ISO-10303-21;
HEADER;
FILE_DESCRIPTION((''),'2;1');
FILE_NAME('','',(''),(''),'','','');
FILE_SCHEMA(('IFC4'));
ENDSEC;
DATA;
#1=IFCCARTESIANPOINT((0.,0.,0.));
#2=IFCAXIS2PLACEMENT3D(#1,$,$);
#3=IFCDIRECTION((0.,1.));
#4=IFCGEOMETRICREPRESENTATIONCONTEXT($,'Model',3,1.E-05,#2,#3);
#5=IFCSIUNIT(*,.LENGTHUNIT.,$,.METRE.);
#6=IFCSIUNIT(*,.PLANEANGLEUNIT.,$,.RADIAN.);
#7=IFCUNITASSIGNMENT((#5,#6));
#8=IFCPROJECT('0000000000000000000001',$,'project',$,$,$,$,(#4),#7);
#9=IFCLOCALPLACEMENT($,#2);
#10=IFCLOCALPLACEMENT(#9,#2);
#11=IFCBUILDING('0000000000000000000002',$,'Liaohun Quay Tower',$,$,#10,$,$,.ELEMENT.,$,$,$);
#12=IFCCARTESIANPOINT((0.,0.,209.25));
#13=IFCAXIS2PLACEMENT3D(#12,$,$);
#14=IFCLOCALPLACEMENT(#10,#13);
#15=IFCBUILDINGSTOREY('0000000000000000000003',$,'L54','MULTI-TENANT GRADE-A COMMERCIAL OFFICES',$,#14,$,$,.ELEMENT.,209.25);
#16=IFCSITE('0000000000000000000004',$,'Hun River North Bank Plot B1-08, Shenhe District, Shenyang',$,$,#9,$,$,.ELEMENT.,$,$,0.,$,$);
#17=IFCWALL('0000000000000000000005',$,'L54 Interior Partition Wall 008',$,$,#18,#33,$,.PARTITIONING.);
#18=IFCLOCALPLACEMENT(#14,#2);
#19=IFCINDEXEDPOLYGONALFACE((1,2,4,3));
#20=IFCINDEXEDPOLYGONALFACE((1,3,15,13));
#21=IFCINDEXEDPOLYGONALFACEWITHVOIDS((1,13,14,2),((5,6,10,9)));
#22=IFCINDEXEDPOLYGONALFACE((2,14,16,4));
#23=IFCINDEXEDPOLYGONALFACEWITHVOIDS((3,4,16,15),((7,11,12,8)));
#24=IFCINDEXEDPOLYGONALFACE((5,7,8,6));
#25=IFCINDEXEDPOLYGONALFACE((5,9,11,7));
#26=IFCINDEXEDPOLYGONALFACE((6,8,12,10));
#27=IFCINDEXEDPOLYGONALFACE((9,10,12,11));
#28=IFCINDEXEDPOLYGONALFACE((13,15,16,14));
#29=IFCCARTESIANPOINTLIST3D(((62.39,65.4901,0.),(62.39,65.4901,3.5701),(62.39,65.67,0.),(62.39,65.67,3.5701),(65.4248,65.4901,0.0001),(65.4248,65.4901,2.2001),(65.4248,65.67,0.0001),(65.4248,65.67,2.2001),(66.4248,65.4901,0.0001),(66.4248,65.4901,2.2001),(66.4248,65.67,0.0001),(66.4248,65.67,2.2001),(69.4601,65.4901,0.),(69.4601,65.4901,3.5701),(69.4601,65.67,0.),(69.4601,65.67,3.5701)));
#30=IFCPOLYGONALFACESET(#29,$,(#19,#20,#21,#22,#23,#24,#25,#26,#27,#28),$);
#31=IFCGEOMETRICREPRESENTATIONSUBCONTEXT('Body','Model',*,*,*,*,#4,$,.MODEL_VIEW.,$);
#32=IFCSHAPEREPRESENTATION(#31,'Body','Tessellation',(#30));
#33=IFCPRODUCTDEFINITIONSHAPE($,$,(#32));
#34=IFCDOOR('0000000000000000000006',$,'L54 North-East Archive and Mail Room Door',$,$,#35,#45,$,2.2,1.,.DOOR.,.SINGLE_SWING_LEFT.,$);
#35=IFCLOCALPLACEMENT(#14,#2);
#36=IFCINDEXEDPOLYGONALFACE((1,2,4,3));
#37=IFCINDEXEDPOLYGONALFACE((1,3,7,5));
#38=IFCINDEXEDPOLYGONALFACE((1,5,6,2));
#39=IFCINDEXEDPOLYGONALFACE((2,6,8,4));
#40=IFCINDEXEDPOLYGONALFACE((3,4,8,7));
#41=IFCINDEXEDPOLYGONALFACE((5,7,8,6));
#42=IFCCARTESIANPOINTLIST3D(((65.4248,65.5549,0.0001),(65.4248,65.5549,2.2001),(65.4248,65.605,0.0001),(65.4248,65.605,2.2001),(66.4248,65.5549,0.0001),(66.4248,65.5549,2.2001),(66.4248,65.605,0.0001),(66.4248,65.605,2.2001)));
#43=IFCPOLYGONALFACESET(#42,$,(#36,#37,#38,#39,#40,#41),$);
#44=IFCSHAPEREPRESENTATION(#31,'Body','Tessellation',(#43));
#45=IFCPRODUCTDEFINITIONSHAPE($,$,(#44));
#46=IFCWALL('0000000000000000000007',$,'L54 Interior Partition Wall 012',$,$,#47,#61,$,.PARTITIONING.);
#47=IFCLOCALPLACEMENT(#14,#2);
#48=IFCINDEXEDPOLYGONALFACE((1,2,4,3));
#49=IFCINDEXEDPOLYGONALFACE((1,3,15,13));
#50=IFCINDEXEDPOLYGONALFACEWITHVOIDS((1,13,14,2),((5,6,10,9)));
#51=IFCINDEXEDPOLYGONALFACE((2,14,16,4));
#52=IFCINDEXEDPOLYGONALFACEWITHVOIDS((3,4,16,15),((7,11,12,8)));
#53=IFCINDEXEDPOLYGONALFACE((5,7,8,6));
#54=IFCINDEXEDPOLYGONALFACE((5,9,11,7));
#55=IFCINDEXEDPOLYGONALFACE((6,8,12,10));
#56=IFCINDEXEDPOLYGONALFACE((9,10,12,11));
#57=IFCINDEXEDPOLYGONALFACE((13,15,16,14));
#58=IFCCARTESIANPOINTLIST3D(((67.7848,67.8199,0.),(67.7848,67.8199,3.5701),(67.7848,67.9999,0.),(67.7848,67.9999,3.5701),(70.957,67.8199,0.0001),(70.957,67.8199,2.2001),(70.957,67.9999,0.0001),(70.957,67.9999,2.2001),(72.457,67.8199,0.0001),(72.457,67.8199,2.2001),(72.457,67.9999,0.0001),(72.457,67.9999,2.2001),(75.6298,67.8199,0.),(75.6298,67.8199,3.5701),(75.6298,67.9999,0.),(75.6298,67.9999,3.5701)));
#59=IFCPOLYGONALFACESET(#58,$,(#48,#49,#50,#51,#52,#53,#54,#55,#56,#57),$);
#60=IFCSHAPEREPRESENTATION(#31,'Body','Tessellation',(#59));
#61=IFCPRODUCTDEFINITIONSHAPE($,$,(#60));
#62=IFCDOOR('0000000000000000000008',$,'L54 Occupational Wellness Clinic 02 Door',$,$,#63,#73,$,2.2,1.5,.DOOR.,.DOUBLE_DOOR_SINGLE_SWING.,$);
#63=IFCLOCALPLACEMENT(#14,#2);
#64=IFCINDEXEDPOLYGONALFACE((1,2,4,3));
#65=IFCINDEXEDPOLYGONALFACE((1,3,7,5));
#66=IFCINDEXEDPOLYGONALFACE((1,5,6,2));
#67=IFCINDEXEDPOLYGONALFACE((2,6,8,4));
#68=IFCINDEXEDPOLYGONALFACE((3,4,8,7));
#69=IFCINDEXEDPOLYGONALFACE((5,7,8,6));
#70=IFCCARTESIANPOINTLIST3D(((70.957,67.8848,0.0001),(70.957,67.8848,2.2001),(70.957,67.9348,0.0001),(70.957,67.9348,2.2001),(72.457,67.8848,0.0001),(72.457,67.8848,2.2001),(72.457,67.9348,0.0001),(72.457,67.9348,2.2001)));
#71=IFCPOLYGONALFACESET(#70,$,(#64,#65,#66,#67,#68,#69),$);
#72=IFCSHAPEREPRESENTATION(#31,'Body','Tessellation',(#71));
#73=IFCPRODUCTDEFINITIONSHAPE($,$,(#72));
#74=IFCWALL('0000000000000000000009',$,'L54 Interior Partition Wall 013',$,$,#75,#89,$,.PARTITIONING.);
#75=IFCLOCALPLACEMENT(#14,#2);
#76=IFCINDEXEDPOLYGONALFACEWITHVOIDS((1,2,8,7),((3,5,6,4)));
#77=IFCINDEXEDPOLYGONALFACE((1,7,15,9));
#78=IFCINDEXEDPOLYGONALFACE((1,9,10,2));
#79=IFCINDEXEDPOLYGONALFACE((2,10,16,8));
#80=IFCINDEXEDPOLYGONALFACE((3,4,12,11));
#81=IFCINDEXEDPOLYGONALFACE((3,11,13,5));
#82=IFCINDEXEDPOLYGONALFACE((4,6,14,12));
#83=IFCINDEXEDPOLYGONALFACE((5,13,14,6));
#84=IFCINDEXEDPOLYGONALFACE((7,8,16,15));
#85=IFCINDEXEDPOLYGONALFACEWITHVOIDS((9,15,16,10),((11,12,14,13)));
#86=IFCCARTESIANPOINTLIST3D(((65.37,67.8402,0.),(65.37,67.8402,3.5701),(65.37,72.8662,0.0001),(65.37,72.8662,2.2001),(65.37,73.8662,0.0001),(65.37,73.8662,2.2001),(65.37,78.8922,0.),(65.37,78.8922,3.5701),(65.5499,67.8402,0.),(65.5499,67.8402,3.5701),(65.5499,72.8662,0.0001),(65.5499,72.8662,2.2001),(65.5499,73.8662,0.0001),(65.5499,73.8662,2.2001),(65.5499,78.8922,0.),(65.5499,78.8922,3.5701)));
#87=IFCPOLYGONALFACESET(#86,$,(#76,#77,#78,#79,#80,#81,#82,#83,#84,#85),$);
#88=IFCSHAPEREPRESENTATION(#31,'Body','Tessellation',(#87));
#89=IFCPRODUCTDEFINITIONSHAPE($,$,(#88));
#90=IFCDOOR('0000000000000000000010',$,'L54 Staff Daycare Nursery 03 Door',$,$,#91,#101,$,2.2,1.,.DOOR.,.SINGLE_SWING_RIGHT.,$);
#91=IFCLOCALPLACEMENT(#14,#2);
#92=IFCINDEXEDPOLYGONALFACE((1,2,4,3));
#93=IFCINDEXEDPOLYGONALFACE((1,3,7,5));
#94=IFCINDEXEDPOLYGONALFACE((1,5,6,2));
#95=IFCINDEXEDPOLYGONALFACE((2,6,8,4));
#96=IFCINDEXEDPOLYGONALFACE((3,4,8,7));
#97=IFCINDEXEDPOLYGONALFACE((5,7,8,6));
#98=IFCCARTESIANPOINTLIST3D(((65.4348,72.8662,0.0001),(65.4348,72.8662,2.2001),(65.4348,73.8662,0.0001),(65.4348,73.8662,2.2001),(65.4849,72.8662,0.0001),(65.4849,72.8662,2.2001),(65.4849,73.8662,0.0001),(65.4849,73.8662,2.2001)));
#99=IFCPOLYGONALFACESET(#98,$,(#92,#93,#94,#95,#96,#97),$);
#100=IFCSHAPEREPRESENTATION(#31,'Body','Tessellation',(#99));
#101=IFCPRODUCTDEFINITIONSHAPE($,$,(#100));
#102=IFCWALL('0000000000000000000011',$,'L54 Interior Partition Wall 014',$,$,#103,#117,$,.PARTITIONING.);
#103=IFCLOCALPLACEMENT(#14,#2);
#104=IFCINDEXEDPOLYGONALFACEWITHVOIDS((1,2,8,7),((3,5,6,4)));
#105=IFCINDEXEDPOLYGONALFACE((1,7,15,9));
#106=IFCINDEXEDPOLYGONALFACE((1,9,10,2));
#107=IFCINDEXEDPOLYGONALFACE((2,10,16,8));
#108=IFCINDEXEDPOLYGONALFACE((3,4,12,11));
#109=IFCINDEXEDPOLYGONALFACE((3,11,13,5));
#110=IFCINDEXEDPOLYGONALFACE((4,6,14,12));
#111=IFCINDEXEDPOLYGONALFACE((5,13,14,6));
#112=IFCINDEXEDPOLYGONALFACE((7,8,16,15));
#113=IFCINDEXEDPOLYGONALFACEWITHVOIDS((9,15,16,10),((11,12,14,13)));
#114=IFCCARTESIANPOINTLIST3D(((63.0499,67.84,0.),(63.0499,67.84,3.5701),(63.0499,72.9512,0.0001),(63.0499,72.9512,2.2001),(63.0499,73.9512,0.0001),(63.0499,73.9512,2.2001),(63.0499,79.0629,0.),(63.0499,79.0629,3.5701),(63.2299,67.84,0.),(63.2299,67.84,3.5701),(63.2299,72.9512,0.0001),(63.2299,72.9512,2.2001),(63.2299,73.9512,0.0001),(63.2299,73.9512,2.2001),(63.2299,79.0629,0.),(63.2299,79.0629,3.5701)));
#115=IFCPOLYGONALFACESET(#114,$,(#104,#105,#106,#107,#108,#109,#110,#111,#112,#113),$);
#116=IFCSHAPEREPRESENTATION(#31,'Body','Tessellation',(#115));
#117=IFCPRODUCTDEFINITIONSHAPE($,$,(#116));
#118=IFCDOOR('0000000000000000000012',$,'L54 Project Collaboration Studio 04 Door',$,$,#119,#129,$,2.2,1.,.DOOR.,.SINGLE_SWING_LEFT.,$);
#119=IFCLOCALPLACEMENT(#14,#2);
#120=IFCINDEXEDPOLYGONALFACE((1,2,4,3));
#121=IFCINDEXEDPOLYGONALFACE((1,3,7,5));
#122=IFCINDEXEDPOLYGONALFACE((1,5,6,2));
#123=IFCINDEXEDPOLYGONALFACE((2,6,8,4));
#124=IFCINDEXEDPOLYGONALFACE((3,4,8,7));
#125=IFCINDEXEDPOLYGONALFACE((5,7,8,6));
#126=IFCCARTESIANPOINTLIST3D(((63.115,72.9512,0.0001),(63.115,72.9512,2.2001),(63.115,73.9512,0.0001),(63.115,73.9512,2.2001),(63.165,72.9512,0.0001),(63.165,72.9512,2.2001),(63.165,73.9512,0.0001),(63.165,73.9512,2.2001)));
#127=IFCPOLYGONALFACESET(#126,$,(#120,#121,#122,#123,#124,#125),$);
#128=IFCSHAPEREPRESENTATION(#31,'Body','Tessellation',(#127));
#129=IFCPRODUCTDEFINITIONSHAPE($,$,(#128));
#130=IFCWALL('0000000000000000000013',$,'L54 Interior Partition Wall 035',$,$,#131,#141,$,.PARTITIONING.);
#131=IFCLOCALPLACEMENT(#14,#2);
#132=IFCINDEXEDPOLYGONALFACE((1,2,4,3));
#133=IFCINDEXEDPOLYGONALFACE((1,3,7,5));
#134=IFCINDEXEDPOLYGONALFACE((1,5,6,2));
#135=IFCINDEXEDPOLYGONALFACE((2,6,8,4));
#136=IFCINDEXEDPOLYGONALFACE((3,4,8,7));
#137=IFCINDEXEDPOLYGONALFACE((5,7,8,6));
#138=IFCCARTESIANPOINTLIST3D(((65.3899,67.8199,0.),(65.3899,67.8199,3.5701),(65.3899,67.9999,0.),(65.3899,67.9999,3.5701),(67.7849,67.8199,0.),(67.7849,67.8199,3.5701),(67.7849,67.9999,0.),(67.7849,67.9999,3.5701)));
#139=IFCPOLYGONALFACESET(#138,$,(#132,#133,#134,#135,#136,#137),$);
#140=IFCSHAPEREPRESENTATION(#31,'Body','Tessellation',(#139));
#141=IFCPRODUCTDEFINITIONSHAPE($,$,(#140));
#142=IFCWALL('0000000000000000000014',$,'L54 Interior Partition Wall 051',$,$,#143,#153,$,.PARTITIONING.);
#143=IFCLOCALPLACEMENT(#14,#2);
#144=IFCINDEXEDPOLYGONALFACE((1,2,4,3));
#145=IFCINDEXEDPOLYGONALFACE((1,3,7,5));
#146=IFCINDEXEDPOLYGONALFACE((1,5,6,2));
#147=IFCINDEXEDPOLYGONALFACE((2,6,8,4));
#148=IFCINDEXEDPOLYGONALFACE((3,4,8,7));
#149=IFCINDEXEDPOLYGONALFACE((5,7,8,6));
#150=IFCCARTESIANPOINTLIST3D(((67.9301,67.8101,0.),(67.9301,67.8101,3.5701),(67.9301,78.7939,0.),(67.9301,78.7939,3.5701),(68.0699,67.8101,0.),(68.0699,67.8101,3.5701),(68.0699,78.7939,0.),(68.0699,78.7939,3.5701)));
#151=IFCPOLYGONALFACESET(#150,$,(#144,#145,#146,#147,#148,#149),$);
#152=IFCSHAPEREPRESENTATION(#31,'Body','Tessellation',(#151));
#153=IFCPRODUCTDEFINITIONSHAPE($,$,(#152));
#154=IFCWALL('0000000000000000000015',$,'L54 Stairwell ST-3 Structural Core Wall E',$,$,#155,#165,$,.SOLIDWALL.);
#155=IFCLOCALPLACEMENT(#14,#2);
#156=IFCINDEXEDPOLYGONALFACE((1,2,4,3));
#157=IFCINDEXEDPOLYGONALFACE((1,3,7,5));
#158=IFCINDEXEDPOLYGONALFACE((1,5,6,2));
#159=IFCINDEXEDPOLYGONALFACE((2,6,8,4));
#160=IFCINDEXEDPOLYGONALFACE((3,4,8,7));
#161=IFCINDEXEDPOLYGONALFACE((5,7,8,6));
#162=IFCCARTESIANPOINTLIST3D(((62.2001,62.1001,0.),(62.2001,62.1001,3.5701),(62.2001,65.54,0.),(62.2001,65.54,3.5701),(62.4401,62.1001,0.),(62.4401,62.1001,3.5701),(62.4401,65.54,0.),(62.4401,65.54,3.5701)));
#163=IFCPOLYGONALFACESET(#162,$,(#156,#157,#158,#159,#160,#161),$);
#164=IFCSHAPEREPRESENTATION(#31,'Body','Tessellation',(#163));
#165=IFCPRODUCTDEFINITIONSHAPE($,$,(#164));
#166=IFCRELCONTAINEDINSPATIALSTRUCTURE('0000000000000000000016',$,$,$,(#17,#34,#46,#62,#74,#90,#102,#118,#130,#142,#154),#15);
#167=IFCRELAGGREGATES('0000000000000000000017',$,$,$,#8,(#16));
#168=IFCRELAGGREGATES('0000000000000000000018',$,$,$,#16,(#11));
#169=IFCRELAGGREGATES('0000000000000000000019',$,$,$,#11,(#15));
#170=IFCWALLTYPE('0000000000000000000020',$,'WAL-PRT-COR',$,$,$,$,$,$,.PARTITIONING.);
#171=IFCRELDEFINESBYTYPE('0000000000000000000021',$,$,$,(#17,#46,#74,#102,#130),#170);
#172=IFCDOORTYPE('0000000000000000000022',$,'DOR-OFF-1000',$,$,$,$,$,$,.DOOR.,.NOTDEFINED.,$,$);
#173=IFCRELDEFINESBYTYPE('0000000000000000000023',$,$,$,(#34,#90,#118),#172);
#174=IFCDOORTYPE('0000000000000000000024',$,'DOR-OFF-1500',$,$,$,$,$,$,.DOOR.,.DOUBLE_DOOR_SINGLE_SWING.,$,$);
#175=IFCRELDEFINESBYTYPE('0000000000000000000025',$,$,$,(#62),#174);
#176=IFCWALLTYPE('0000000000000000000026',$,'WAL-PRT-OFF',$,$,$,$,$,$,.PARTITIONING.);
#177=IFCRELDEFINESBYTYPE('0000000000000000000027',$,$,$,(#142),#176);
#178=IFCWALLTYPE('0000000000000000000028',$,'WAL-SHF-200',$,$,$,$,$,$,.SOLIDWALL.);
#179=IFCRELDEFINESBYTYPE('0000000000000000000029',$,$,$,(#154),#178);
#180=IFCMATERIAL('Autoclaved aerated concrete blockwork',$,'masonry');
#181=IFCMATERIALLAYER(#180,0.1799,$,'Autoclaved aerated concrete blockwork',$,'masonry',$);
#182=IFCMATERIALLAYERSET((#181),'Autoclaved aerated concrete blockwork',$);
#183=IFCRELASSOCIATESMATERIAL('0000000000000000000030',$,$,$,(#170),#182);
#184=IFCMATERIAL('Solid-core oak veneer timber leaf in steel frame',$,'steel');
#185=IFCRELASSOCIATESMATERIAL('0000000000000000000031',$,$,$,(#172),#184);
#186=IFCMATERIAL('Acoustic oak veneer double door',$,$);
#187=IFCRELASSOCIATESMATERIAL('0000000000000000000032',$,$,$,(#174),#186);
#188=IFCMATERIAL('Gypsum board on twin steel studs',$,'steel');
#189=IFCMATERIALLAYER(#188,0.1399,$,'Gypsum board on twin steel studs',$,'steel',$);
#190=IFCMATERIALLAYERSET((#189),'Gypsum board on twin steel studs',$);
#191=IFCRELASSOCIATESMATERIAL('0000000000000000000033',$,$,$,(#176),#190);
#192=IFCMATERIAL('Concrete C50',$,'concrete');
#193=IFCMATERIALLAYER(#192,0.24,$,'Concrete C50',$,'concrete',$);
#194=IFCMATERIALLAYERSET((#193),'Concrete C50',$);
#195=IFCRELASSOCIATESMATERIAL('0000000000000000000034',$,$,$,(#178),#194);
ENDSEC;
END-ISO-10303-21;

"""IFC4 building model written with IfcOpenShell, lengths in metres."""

from ifc_helpers import new_model, si_unit, direction, frame, frame_2d, origin, place, context, subcontext, project, spatial, rectangle, extrude, source, transform, mapped, material, layer, layer_set, type_object, element, fill, save


model = new_model("IFC4")

# Units and contexts
model_context = context("Model", 3, precision=1e-05, world=origin(), true_north=direction((0.0, 1.0)))
body_context = subcontext(model_context, "Body", "Model", "MODEL_VIEW")
ifc_project = project(units=[si_unit("LENGTHUNIT", "METRE"), si_unit("PLANEANGLEUNIT", "RADIAN")], contexts=[model_context])

# Site, building, storey
site_placement = place(None, origin())
site = spatial("IfcSite", under=ifc_project, at=site_placement, Name="Hun River North Bank Plot B1-08, Shenhe District, Shenyang", CompositionType="ELEMENT", RefElevation=0.0)
building_placement = place(site_placement, origin())
building = spatial("IfcBuilding", under=site, at=building_placement, Name="Liaohun Quay Tower", CompositionType="ELEMENT")
storey_placement = place(building_placement, frame((0.0, 0.0, 209.25)))
storey = spatial("IfcBuildingStorey", under=building, at=storey_placement, Name="L54", Description="MULTI-TENANT GRADE-A COMMERCIAL OFFICES", CompositionType="ELEMENT", Elevation=209.25)

# Walls, openings, doors
ifc_material_1 = material(Name="Autoclaved aerated concrete blockwork", Category="masonry")
ifc_layer_1 = layer(ifc_material_1, 0.1799, Name="Autoclaved aerated concrete blockwork", Category="masonry")
ifc_layer_set_1 = layer_set([ifc_layer_1], Name="Autoclaved aerated concrete blockwork")
wall_type_1 = type_object("IfcWallType", Name="WAL-PRT-COR", PredefinedType="PARTITIONING", material=ifc_layer_set_1)
wall_1_placement = place(storey_placement, frame((62.3899, 65.5801, 0.0), z_axis=(0.0, 0.0, 1.0), x_axis=(1.0, 0.0, 0.0)))
wall_1 = element("IfcWall", 1, at=wall_1_placement, inside=storey, type_object=wall_type_1, Name="L54 Interior Partition Wall 008", PredefinedType="PARTITIONING", context=body_context, shape_type="SweptSolid", body=[
    extrude(rectangle(XDim=7.0701, YDim=0.1799, at=frame_2d((3.5352, 0.0))), origin(), (0.0, 0.0, 1.0), 3.5701),
])
shared_shape_1 = source(origin(), body_context, "Body", "SweptSolid", [
    extrude(rectangle(XDim=1.0, YDim=2.2, at=frame_2d((0.5, 1.1001))), frame((0.0, 0.0999, 0.0), z_axis=(0.0, -1.0, 0.0), x_axis=(1.0, 0.0, 0.0)), (0.0, 0.0, 1.0), 0.2),
])
opening_1_placement = place(wall_1_placement, frame((3.0349, 0.0, 0.0)))
opening_1 = element("IfcOpeningElement", 2, at=opening_1_placement, cuts=wall_1, PredefinedType="OPENING", context=body_context, shape_type="MappedRepresentation", body=[
    mapped(shared_shape_1, transform((0.0, 0.0, 0.0), x_axis=(1.0, 0.0, 0.0), y_axis=(0.0, 1.0, 0.0), z_axis=(0.0, 0.0, 1.0), scale=1.0)),
])
ifc_material_2 = material(Name="Solid-core oak veneer timber leaf in steel frame", Category="steel")
door_type_1 = type_object("IfcDoorType", Name="DOR-OFF-1000", OperationType="NOTDEFINED", PredefinedType="DOOR", material=ifc_material_2)
shared_shape_2 = source(origin(), body_context, "Body", "SweptSolid", [
    extrude(rectangle(XDim=1.0, YDim=2.2, at=frame_2d((0.5, 1.1001))), frame((0.0, 0.0249, 0.0), z_axis=(0.0, -1.0, 0.0), x_axis=(1.0, 0.0, 0.0)), (0.0, 0.0, 1.0), 0.05),
])
door_1_placement = place(opening_1_placement, origin())
door_1 = element("IfcDoor", 3, at=door_1_placement, inside=storey, type_object=door_type_1, Name="L54 North-East Archive and Mail Room Door", OperationType="SINGLE_SWING_LEFT", OverallHeight=2.2, OverallWidth=1.0, PredefinedType="DOOR", context=body_context, shape_type="MappedRepresentation", body=[
    mapped(shared_shape_2, transform((0.0, 0.0, 0.0), x_axis=(1.0, 0.0, 0.0), y_axis=(0.0, 1.0, 0.0), z_axis=(0.0, 0.0, 1.0), scale=1.0)),
])
fill(opening_1, door_1)
wall_2_placement = place(storey_placement, frame((67.7849, 67.9099, 0.0), z_axis=(0.0, 0.0, 1.0), x_axis=(1.0, 0.0, 0.0)))
wall_2 = element("IfcWall", 4, at=wall_2_placement, inside=storey, type_object=wall_type_1, Name="L54 Interior Partition Wall 012", PredefinedType="PARTITIONING", context=body_context, shape_type="SweptSolid", body=[
    extrude(rectangle(XDim=7.845, YDim=0.1799, at=frame_2d((3.9224, 0.0))), origin(), (0.0, 0.0, 1.0), 3.5701),
])
shared_shape_3 = source(origin(), body_context, "Body", "SweptSolid", [
    extrude(rectangle(XDim=1.5, YDim=2.2, at=frame_2d((0.75, 1.1001))), frame((0.0, 0.0999, 0.0), z_axis=(0.0, -1.0, 0.0), x_axis=(1.0, 0.0, 0.0)), (0.0, 0.0, 1.0), 0.2),
])
opening_2_placement = place(wall_2_placement, frame((3.1721, 0.0, 0.0)))
opening_2 = element("IfcOpeningElement", 5, at=opening_2_placement, cuts=wall_2, PredefinedType="OPENING", context=body_context, shape_type="MappedRepresentation", body=[
    mapped(shared_shape_3, transform((0.0, 0.0, 0.0), x_axis=(1.0, 0.0, 0.0), y_axis=(0.0, 1.0, 0.0), z_axis=(0.0, 0.0, 1.0), scale=1.0)),
])
ifc_material_3 = material(Name="Acoustic oak veneer double door")
door_type_2 = type_object("IfcDoorType", Name="DOR-OFF-1500", OperationType="DOUBLE_DOOR_SINGLE_SWING", PredefinedType="DOOR", material=ifc_material_3)
shared_shape_4 = source(origin(), body_context, "Body", "SweptSolid", [
    extrude(rectangle(XDim=1.5, YDim=2.2, at=frame_2d((0.75, 1.1001))), frame((0.0, 0.0249, 0.0), z_axis=(0.0, -1.0, 0.0), x_axis=(1.0, 0.0, 0.0)), (0.0, 0.0, 1.0), 0.05),
])
door_2_placement = place(opening_2_placement, origin())
door_2 = element("IfcDoor", 6, at=door_2_placement, inside=storey, type_object=door_type_2, Name="L54 Occupational Wellness Clinic 02 Door", OperationType="DOUBLE_DOOR_SINGLE_SWING", OverallHeight=2.2, OverallWidth=1.5, PredefinedType="DOOR", context=body_context, shape_type="MappedRepresentation", body=[
    mapped(shared_shape_4, transform((0.0, 0.0, 0.0), x_axis=(1.0, 0.0, 0.0), y_axis=(0.0, 1.0, 0.0), z_axis=(0.0, 0.0, 1.0), scale=1.0)),
])
fill(opening_2, door_2)
wall_3_placement = place(storey_placement, frame((65.46, 78.8921, 0.0), z_axis=(0.0, 0.0, 1.0), x_axis=(0.0, -1.0, 0.0)))
wall_3 = element("IfcWall", 7, at=wall_3_placement, inside=storey, type_object=wall_type_1, Name="L54 Interior Partition Wall 013", PredefinedType="PARTITIONING", context=body_context, shape_type="SweptSolid", body=[
    extrude(rectangle(XDim=11.052, YDim=0.1799, at=frame_2d((5.5259, 0.0))), origin(), (0.0, 0.0, 1.0), 3.5701),
])
opening_3_placement = place(wall_3_placement, frame((5.0259, 0.0, 0.0)))
opening_3 = element("IfcOpeningElement", 8, at=opening_3_placement, cuts=wall_3, PredefinedType="OPENING", context=body_context, shape_type="MappedRepresentation", body=[
    mapped(shared_shape_1, transform((0.0, 0.0, 0.0), x_axis=(1.0, 0.0, 0.0), y_axis=(0.0, 1.0, 0.0), z_axis=(0.0, 0.0, 1.0), scale=1.0)),
])
door_3_placement = place(opening_3_placement, origin())
door_3 = element("IfcDoor", 9, at=door_3_placement, inside=storey, type_object=door_type_1, Name="L54 Staff Daycare Nursery 03 Door", OperationType="SINGLE_SWING_RIGHT", OverallHeight=2.2, OverallWidth=1.0, PredefinedType="DOOR", context=body_context, shape_type="MappedRepresentation", body=[
    mapped(shared_shape_2, transform((0.0, 0.0, 0.0), x_axis=(1.0, 0.0, 0.0), y_axis=(0.0, 1.0, 0.0), z_axis=(0.0, 0.0, 1.0), scale=1.0)),
])
fill(opening_3, door_3)
wall_4_placement = place(storey_placement, frame((63.1399, 67.8401, 0.0), z_axis=(0.0, 0.0, 1.0), x_axis=(0.0, 1.0, 0.0)))
wall_4 = element("IfcWall", 10, at=wall_4_placement, inside=storey, type_object=wall_type_1, Name="L54 Interior Partition Wall 014", PredefinedType="PARTITIONING", context=body_context, shape_type="SweptSolid", body=[
    extrude(rectangle(XDim=11.2229, YDim=0.1799, at=frame_2d((5.6113, 0.0))), origin(), (0.0, 0.0, 1.0), 3.5701),
])
opening_4_placement = place(wall_4_placement, frame((5.1111, 0.0, 0.0)))
opening_4 = element("IfcOpeningElement", 11, at=opening_4_placement, cuts=wall_4, PredefinedType="OPENING", context=body_context, shape_type="MappedRepresentation", body=[
    mapped(shared_shape_1, transform((0.0, 0.0, 0.0), x_axis=(1.0, 0.0, 0.0), y_axis=(0.0, 1.0, 0.0), z_axis=(0.0, 0.0, 1.0), scale=1.0)),
])
door_4_placement = place(opening_4_placement, origin())
door_4 = element("IfcDoor", 12, at=door_4_placement, inside=storey, type_object=door_type_1, Name="L54 Project Collaboration Studio 04 Door", OperationType="SINGLE_SWING_LEFT", OverallHeight=2.2, OverallWidth=1.0, PredefinedType="DOOR", context=body_context, shape_type="MappedRepresentation", body=[
    mapped(shared_shape_2, transform((0.0, 0.0, 0.0), x_axis=(1.0, 0.0, 0.0), y_axis=(0.0, 1.0, 0.0), z_axis=(0.0, 0.0, 1.0), scale=1.0)),
])
fill(opening_4, door_4)

# Walls
wall_5_placement = place(storey_placement, frame((65.3899, 67.9099, 0.0), z_axis=(0.0, 0.0, 1.0), x_axis=(1.0, 0.0, 0.0)))
element("IfcWall", 13, at=wall_5_placement, inside=storey, type_object=wall_type_1, Name="L54 Interior Partition Wall 035", PredefinedType="PARTITIONING", context=body_context, shape_type="SweptSolid", body=[
    extrude(rectangle(XDim=2.395, YDim=0.1799, at=frame_2d((1.1975, 0.0))), origin(), (0.0, 0.0, 1.0), 3.5701),
])
ifc_material_4 = material(Name="Gypsum board on twin steel studs", Category="steel")
ifc_layer_2 = layer(ifc_material_4, 0.1399, Name="Gypsum board on twin steel studs", Category="steel")
ifc_layer_set_2 = layer_set([ifc_layer_2], Name="Gypsum board on twin steel studs")
wall_type_2 = type_object("IfcWallType", Name="WAL-PRT-OFF", PredefinedType="PARTITIONING", material=ifc_layer_set_2)
wall_6_placement = place(storey_placement, frame((68.0, 67.8101, 0.0), z_axis=(0.0, 0.0, 1.0), x_axis=(0.0, 1.0, 0.0)))
element("IfcWall", 14, at=wall_6_placement, inside=storey, type_object=wall_type_2, Name="L54 Interior Partition Wall 051", PredefinedType="PARTITIONING", context=body_context, shape_type="SweptSolid", body=[
    extrude(rectangle(XDim=10.9839, YDim=0.1399, at=frame_2d((5.4919, 0.0))), origin(), (0.0, 0.0, 1.0), 3.5701),
])
ifc_material_5 = material(Name="Concrete C50", Category="concrete")
ifc_layer_3 = layer(ifc_material_5, 0.24, Name="Concrete C50", Category="concrete")
ifc_layer_set_3 = layer_set([ifc_layer_3], Name="Concrete C50")
wall_type_3 = type_object("IfcWallType", Name="WAL-SHF-200", PredefinedType="SOLIDWALL", material=ifc_layer_set_3)
wall_7_placement = place(storey_placement, frame((62.3201, 62.1001, 0.0), z_axis=(0.0, 0.0, 1.0), x_axis=(0.0, 1.0, 0.0)))
element("IfcWall", 15, at=wall_7_placement, inside=storey, type_object=wall_type_3, Name="L54 Stairwell ST-3 Structural Core Wall E", PredefinedType="SOLIDWALL", context=body_context, shape_type="SweptSolid", body=[
    extrude(rectangle(XDim=3.4399, YDim=0.24, at=frame_2d((1.72, 0.0))), origin(), (0.0, 0.0, 1.0), 3.5701),
])

save(model, "model.ifc")
